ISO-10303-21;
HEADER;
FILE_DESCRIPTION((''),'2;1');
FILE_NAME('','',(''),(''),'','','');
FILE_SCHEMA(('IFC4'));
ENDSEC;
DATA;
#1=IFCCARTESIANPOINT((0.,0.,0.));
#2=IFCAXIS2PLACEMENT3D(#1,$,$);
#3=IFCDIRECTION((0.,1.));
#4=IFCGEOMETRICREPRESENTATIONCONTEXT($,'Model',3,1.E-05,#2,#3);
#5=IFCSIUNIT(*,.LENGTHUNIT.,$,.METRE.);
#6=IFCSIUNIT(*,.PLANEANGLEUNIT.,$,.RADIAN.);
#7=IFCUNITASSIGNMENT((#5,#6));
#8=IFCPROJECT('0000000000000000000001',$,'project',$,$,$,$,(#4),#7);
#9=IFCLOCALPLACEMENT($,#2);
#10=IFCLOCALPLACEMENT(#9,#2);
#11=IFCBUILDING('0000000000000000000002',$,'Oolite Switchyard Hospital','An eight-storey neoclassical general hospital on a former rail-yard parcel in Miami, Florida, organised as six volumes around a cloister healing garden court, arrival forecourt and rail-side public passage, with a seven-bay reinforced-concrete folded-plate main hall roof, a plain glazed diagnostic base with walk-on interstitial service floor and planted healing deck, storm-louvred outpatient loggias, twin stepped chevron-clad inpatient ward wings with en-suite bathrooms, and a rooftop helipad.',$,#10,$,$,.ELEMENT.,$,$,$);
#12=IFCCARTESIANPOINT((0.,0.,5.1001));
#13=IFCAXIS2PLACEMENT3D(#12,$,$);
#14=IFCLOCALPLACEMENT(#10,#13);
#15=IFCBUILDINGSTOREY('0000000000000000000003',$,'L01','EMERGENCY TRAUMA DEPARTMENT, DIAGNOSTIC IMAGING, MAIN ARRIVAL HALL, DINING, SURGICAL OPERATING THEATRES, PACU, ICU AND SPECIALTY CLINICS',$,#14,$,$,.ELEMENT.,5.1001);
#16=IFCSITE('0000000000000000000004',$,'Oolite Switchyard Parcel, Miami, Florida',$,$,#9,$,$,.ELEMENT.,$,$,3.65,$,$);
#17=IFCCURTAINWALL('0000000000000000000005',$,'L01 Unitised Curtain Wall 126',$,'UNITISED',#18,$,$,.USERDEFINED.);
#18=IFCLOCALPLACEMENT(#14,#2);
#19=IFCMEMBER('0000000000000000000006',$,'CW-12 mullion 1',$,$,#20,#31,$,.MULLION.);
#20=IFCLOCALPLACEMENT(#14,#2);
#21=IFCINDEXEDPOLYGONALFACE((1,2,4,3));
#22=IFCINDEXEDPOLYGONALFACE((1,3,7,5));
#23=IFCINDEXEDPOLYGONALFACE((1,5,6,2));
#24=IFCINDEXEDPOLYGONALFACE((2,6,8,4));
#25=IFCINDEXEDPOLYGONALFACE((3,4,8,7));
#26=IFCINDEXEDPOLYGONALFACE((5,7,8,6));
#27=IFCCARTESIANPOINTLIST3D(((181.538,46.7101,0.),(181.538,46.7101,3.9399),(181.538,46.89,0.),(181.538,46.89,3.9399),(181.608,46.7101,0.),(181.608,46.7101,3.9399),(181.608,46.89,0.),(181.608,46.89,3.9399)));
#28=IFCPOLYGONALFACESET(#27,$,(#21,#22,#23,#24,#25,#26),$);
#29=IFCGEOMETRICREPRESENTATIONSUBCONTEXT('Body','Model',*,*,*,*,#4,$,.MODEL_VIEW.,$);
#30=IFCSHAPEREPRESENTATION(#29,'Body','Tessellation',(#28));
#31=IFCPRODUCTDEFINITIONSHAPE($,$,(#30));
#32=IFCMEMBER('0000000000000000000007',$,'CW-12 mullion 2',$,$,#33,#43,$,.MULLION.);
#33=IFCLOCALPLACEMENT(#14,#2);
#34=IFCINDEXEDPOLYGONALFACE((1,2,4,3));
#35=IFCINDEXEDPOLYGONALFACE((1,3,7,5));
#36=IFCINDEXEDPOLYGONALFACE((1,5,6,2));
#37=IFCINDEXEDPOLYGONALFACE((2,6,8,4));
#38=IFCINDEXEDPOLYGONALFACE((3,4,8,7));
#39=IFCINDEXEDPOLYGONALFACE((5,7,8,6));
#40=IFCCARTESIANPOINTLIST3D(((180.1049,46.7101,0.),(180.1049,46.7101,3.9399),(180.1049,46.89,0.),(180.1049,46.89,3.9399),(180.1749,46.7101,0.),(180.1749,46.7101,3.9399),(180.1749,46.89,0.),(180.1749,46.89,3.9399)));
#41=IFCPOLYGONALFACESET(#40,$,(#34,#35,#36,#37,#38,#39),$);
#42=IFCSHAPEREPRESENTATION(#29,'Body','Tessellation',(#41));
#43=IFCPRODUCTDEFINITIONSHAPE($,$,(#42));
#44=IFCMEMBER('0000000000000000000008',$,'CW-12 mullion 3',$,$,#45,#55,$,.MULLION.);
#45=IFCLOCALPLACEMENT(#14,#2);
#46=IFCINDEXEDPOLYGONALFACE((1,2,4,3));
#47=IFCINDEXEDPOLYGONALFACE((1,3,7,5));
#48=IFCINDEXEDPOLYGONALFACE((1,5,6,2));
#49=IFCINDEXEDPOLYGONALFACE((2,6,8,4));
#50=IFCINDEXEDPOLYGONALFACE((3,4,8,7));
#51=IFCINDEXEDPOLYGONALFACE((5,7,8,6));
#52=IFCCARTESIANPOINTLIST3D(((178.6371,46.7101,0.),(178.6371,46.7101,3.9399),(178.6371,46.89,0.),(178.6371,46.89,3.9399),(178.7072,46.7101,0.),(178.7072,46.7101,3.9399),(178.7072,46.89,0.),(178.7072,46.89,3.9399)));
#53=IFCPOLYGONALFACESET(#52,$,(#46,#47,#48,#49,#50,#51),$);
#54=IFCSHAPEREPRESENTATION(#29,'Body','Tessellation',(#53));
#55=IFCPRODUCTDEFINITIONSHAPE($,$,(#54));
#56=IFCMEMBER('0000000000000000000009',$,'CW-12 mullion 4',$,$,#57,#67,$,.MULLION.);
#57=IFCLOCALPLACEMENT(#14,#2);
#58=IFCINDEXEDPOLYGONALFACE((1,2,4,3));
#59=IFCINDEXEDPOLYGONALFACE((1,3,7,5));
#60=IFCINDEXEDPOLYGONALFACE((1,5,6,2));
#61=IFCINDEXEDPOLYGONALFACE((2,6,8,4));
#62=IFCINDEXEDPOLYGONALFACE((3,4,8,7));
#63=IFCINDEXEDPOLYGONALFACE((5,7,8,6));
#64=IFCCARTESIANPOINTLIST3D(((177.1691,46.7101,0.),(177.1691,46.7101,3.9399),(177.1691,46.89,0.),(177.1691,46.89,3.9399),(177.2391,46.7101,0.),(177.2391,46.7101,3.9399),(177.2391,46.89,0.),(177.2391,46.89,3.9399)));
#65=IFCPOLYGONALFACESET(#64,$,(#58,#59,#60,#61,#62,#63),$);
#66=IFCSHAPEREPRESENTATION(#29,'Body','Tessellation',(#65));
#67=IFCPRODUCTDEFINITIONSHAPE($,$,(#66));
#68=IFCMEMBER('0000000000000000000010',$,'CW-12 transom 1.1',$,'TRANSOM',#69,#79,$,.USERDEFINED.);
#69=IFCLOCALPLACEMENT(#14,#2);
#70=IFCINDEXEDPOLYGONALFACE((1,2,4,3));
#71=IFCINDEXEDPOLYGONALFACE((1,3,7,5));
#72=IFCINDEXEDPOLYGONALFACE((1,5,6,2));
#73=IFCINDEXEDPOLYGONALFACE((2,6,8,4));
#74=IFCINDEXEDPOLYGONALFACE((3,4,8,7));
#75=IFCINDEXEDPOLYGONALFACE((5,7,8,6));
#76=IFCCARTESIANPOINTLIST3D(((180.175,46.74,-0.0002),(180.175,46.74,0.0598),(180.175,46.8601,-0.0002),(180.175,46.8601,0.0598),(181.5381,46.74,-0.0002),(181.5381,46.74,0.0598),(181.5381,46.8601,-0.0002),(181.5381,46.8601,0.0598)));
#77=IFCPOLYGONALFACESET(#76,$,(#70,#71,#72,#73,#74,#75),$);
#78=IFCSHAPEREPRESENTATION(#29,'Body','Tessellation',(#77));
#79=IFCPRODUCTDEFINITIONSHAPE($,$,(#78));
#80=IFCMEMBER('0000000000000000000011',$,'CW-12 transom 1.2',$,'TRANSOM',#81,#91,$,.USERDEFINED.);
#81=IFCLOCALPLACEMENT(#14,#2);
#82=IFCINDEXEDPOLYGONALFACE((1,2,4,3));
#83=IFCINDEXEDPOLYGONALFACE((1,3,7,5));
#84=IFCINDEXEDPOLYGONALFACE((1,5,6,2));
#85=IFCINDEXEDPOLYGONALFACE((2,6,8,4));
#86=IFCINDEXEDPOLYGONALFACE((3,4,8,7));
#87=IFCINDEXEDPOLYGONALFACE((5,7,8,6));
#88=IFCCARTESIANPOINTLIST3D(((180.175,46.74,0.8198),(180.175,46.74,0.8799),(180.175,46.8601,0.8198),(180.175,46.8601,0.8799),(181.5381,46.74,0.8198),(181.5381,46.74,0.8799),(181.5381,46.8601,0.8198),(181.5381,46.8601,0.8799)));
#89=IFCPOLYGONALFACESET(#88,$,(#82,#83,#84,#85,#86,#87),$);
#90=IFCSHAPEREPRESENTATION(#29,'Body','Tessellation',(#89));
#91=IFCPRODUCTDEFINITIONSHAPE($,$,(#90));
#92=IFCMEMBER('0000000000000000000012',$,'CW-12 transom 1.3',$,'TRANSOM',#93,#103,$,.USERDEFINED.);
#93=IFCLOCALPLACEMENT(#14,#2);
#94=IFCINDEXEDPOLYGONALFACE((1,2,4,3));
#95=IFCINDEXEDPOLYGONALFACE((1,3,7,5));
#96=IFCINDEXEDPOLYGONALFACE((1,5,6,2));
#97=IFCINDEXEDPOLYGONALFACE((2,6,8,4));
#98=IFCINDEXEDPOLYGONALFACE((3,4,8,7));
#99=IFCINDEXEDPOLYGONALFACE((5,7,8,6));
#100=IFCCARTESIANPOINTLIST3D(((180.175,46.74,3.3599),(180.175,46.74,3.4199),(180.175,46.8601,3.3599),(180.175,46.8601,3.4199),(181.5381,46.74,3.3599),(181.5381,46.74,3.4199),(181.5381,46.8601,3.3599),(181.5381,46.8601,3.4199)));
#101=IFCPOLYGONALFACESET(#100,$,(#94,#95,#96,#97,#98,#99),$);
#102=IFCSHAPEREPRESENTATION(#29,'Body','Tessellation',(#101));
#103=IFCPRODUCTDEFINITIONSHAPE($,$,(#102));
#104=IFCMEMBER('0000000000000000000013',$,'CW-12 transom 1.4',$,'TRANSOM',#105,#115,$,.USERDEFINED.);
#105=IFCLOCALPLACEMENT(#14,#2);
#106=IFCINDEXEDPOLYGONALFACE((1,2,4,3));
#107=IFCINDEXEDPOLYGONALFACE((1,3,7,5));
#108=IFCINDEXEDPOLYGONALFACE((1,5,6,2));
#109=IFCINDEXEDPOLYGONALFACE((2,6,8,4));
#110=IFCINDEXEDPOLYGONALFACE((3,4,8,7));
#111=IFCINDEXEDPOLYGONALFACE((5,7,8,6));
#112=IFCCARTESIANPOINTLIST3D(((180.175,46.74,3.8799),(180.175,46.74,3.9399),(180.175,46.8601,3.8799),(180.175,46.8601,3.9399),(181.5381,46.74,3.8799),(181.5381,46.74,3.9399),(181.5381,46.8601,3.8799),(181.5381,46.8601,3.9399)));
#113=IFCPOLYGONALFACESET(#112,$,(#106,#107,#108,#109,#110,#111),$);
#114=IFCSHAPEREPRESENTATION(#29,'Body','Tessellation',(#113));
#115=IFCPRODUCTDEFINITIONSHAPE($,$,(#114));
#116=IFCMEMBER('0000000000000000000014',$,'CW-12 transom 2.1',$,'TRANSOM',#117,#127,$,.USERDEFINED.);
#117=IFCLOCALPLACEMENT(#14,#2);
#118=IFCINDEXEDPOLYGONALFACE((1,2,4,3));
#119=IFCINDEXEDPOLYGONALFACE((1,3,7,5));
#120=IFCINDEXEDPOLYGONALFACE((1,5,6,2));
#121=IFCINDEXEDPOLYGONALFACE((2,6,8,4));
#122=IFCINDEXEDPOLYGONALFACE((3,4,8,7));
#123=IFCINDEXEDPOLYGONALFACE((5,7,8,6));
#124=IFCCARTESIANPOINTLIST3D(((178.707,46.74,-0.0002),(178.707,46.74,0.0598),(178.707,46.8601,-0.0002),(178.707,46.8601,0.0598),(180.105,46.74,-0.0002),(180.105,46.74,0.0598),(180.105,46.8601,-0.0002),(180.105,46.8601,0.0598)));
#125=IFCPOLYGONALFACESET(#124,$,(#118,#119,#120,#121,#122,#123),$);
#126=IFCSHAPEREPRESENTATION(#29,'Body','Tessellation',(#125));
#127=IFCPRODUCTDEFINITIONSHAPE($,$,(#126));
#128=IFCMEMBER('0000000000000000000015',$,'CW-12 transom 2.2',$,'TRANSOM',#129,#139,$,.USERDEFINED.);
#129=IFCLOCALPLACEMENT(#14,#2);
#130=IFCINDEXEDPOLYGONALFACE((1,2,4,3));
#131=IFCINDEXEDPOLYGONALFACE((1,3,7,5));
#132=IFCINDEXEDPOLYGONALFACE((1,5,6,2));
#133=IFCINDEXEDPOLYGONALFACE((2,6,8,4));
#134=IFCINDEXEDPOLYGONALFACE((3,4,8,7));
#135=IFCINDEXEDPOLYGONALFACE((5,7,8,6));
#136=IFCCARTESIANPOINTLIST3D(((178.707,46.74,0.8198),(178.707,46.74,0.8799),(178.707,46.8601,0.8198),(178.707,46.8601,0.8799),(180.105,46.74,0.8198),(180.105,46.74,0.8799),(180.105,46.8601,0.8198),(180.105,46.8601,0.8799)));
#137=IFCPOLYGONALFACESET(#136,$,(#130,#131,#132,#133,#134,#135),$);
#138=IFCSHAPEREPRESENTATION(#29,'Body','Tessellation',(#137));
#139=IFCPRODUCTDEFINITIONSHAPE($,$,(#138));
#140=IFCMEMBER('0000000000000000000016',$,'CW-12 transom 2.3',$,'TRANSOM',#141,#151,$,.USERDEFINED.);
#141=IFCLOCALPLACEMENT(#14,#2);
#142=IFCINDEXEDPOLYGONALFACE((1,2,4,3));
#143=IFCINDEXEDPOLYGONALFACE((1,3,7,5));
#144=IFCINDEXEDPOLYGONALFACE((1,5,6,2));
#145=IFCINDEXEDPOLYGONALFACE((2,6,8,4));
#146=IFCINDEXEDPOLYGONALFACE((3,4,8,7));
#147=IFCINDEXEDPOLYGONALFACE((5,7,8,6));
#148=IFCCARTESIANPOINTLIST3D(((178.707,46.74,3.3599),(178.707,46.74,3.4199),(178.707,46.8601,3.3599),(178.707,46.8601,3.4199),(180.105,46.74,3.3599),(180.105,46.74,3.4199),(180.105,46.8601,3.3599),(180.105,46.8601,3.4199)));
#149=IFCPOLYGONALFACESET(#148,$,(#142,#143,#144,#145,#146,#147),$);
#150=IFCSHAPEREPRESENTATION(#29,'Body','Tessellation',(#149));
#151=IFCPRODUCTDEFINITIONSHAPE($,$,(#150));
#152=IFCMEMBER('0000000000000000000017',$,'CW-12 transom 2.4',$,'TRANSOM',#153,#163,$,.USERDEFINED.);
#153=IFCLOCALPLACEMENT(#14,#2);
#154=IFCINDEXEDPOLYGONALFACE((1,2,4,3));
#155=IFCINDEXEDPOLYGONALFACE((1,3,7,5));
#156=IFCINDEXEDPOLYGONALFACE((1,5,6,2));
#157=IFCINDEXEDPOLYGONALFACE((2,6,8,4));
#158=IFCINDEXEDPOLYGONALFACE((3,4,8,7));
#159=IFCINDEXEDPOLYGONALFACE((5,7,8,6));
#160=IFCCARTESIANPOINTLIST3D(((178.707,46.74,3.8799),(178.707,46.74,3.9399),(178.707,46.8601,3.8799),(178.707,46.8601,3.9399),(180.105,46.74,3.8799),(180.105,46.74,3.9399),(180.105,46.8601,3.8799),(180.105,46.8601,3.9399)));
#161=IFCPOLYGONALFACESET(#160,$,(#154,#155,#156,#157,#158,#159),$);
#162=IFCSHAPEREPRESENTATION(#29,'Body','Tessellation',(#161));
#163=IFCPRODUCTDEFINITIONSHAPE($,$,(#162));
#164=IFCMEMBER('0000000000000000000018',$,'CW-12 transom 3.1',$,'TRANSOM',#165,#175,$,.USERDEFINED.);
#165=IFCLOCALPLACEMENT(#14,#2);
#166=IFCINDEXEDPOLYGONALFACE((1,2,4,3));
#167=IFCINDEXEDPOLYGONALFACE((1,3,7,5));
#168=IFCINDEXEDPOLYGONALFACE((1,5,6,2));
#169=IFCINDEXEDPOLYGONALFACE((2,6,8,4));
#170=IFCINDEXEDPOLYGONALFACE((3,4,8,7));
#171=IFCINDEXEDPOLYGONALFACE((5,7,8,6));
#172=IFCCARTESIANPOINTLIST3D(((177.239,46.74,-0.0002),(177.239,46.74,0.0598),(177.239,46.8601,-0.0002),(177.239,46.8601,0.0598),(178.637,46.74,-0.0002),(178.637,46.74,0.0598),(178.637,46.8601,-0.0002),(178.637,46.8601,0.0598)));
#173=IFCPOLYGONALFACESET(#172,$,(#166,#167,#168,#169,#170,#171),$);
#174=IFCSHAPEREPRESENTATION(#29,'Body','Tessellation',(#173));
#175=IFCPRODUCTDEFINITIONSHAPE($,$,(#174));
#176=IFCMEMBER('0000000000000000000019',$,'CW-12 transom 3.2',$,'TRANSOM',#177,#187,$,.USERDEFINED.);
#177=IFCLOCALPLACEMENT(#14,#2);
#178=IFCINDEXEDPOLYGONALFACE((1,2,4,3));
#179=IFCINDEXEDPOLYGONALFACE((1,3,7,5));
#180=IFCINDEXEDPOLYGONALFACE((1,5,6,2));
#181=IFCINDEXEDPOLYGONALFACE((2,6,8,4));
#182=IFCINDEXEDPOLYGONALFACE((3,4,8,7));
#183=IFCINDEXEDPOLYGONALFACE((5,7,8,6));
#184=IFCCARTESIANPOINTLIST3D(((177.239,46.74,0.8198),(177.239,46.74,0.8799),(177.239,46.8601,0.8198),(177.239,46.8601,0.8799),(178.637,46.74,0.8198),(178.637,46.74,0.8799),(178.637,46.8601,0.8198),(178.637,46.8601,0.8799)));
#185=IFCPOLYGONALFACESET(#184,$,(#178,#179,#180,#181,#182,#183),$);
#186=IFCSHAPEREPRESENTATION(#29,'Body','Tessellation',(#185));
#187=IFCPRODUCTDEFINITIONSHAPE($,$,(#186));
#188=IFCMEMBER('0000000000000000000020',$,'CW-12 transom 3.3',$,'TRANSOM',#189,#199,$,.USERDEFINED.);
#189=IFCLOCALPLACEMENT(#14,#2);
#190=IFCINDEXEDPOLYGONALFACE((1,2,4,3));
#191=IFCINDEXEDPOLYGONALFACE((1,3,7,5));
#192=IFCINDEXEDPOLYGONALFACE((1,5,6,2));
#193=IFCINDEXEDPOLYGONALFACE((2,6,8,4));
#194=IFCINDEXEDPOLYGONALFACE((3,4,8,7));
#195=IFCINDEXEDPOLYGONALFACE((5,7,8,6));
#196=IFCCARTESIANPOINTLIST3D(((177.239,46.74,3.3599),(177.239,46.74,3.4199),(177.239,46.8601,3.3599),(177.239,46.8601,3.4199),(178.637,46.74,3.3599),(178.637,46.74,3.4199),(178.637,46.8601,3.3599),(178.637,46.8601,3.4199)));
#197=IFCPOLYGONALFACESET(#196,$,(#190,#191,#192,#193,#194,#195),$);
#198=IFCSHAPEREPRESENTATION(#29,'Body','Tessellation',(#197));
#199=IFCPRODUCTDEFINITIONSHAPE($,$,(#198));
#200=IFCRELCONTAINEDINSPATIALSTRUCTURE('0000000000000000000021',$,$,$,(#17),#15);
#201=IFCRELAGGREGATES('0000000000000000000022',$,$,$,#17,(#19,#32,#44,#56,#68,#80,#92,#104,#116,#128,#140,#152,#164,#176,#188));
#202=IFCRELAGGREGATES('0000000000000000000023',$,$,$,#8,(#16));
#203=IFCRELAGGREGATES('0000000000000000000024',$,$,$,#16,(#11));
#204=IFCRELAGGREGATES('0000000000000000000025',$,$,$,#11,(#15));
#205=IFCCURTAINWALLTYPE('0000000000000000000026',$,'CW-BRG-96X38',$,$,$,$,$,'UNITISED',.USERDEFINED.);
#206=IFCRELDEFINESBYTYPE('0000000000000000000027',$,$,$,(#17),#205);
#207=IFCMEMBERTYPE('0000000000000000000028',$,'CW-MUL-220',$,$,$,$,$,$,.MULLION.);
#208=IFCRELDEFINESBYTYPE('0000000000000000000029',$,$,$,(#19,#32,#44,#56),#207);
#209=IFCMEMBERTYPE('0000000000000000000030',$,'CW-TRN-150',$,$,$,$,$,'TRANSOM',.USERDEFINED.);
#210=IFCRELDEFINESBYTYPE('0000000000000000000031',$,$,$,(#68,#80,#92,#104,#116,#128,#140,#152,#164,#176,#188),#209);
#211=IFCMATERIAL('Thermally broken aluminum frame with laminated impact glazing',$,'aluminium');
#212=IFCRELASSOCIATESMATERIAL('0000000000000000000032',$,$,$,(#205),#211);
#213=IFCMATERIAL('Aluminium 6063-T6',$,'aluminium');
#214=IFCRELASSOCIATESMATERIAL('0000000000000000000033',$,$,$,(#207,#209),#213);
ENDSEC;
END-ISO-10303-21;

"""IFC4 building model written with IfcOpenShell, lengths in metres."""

from ifc_helpers import new_model, si_unit, direction, frame, origin, origin_2d, place, context, subcontext, project, spatial, rectangle, extrude, material, material_profile, profile_set, type_object, element, aggregate, save


model = new_model("IFC4")

# Units and contexts
model_context = context("Model", 3, precision=1e-05, world=origin(), true_north=direction((0.0, 1.0)))
body_context = subcontext(model_context, "Body", "Model", "MODEL_VIEW")
ifc_project = project(units=[si_unit("LENGTHUNIT", "METRE"), si_unit("PLANEANGLEUNIT", "RADIAN")], contexts=[model_context])

# Site, building, storey
site_placement = place(None, origin())
site = spatial("IfcSite", under=ifc_project, at=site_placement, Name="Oolite Switchyard Parcel, Miami, Florida", CompositionType="ELEMENT", RefElevation=3.65)
building_placement = place(site_placement, origin())
building = spatial("IfcBuilding", under=site, at=building_placement, Name="Oolite Switchyard Hospital", Description="An eight-storey neoclassical general hospital on a former rail-yard parcel in Miami, Florida, organised as six volumes around a cloister healing garden court, arrival forecourt and rail-side public passage, with a seven-bay reinforced-concrete folded-plate main hall roof, a plain glazed diagnostic base with walk-on interstitial service floor and planted healing deck, storm-louvred outpatient loggias, twin stepped chevron-clad inpatient ward wings with en-suite bathrooms, and a rooftop helipad.", CompositionType="ELEMENT")
storey_placement = place(building_placement, frame((0.0, 0.0, 5.1001)))
storey = spatial("IfcBuildingStorey", under=building, at=storey_placement, Name="L01", Description="EMERGENCY TRAUMA DEPARTMENT, DIAGNOSTIC IMAGING, MAIN ARRIVAL HALL, DINING, SURGICAL OPERATING THEATRES, PACU, ICU AND SPECIALTY CLINICS", CompositionType="ELEMENT", Elevation=5.1001)

# Curtain wall, members
ifc_material_1 = material(Name="Thermally broken aluminum frame with laminated impact glazing", Category="aluminium")
curtain_wall_type = type_object("IfcCurtainWallType", Name="CW-BRG-96X38", ElementType="UNITISED", PredefinedType="USERDEFINED", material=ifc_material_1)
curtain_wall_placement = place(storey_placement, origin())
curtain_wall = element("IfcCurtainWall", 1, at=curtain_wall_placement, inside=storey, type_object=curtain_wall_type, Name="L01 Unitised Curtain Wall 126", ObjectType="UNITISED", PredefinedType="USERDEFINED")
ifc_material_2 = material(Name="Aluminium 6063-T6", Category="aluminium")
ifc_material_profile_1 = material_profile(ifc_material_2, rectangle(XDim=0.1799, YDim=0.0701, at=origin_2d()), Name="CWM70X180")
ifc_profile_set_1 = profile_set([ifc_material_profile_1], Name="Aluminium 6063-T6")
member_type_1 = type_object("IfcMemberType", Name="CW-MUL-220", PredefinedType="MULLION", material=ifc_profile_set_1)
member_1_placement = place(storey_placement, frame((181.573, 46.8, 0.0), z_axis=(0.0, 0.0, 1.0), x_axis=(0.0, -1.0, 0.0)))
member_1 = element("IfcMember", 2, at=member_1_placement, type_object=member_type_1, Name="CW-12 mullion 1", PredefinedType="MULLION", context=body_context, shape_type="SweptSolid", body=[
    extrude(rectangle(XDim=0.1799, YDim=0.0701, at=origin_2d()), origin(), (0.0, 0.0, 1.0), 3.9399),
])
member_2_placement = place(storey_placement, frame((180.1399, 46.8, 0.0), z_axis=(0.0, 0.0, 1.0), x_axis=(0.0, -1.0, 0.0)))
member_2 = element("IfcMember", 3, at=member_2_placement, type_object=member_type_1, Name="CW-12 mullion 2", PredefinedType="MULLION", context=body_context, shape_type="SweptSolid", body=[
    extrude(rectangle(XDim=0.1799, YDim=0.0701, at=origin_2d()), origin(), (0.0, 0.0, 1.0), 3.9399),
])
member_3_placement = place(storey_placement, frame((178.6721, 46.8, 0.0), z_axis=(0.0, 0.0, 1.0), x_axis=(0.0, -1.0, 0.0)))
member_3 = element("IfcMember", 4, at=member_3_placement, type_object=member_type_1, Name="CW-12 mullion 3", PredefinedType="MULLION", context=body_context, shape_type="SweptSolid", body=[
    extrude(rectangle(XDim=0.1799, YDim=0.0701, at=origin_2d()), origin(), (0.0, 0.0, 1.0), 3.9399),
])
member_4_placement = place(storey_placement, frame((177.2041, 46.8, 0.0), z_axis=(0.0, 0.0, 1.0), x_axis=(0.0, -1.0, 0.0)))
member_4 = element("IfcMember", 5, at=member_4_placement, type_object=member_type_1, Name="CW-12 mullion 4", PredefinedType="MULLION", context=body_context, shape_type="SweptSolid", body=[
    extrude(rectangle(XDim=0.1799, YDim=0.0701, at=origin_2d()), origin(), (0.0, 0.0, 1.0), 3.9399),
])
ifc_material_profile_2 = material_profile(ifc_material_2, rectangle(XDim=0.1201, YDim=0.0601, at=origin_2d()), Name="CWT60X120")
ifc_profile_set_2 = profile_set([ifc_material_profile_2], Name="Aluminium 6063-T6")
member_type_2 = type_object("IfcMemberType", Name="CW-TRN-150", ElementType="TRANSOM", PredefinedType="USERDEFINED", material=ifc_profile_set_2)
member_5_placement = place(storey_placement, frame((181.5381, 46.8, 0.0298), z_axis=(-1.0, 0.0, 0.0), x_axis=(0.0, -1.0, 0.0)))
member_5 = element("IfcMember", 6, at=member_5_placement, type_object=member_type_2, Name="CW-12 transom 1.1", ObjectType="TRANSOM", PredefinedType="USERDEFINED", context=body_context, shape_type="SweptSolid", body=[
    extrude(rectangle(XDim=0.1201, YDim=0.0601, at=origin_2d()), origin(), (0.0, 0.0, 1.0), 1.363),
])
member_6_placement = place(storey_placement, frame((181.5381, 46.8, 0.8499), z_axis=(-1.0, 0.0, 0.0), x_axis=(0.0, -1.0, 0.0)))
member_6 = element("IfcMember", 7, at=member_6_placement, type_object=member_type_2, Name="CW-12 transom 1.2", ObjectType="TRANSOM", PredefinedType="USERDEFINED", context=body_context, shape_type="SweptSolid", body=[
    extrude(rectangle(XDim=0.1201, YDim=0.0601, at=origin_2d()), origin(), (0.0, 0.0, 1.0), 1.363),
])
member_7_placement = place(storey_placement, frame((181.5381, 46.8, 3.3899), z_axis=(-1.0, 0.0, 0.0), x_axis=(0.0, -1.0, 0.0)))
member_7 = element("IfcMember", 8, at=member_7_placement, type_object=member_type_2, Name="CW-12 transom 1.3", ObjectType="TRANSOM", PredefinedType="USERDEFINED", context=body_context, shape_type="SweptSolid", body=[
    extrude(rectangle(XDim=0.1201, YDim=0.0601, at=origin_2d()), origin(), (0.0, 0.0, 1.0), 1.363),
])
member_8_placement = place(storey_placement, frame((181.5381, 46.8, 3.9099), z_axis=(-1.0, 0.0, 0.0), x_axis=(0.0, -1.0, 0.0)))
member_8 = element("IfcMember", 9, at=member_8_placement, type_object=member_type_2, Name="CW-12 transom 1.4", ObjectType="TRANSOM", PredefinedType="USERDEFINED", context=body_context, shape_type="SweptSolid", body=[
    extrude(rectangle(XDim=0.1201, YDim=0.0601, at=origin_2d()), origin(), (0.0, 0.0, 1.0), 1.363),
])
member_9_placement = place(storey_placement, frame((180.105, 46.8, 0.0298), z_axis=(-1.0, 0.0, 0.0), x_axis=(0.0, -1.0, 0.0)))
member_9 = element("IfcMember", 10, at=member_9_placement, type_object=member_type_2, Name="CW-12 transom 2.1", ObjectType="TRANSOM", PredefinedType="USERDEFINED", context=body_context, shape_type="SweptSolid", body=[
    extrude(rectangle(XDim=0.1201, YDim=0.0601, at=origin_2d()), origin(), (0.0, 0.0, 1.0), 1.3979),
])
member_10_placement = place(storey_placement, frame((180.105, 46.8, 0.8499), z_axis=(-1.0, 0.0, 0.0), x_axis=(0.0, -1.0, 0.0)))
member_10 = element("IfcMember", 11, at=member_10_placement, type_object=member_type_2, Name="CW-12 transom 2.2", ObjectType="TRANSOM", PredefinedType="USERDEFINED", context=body_context, shape_type="SweptSolid", body=[
    extrude(rectangle(XDim=0.1201, YDim=0.0601, at=origin_2d()), origin(), (0.0, 0.0, 1.0), 1.3979),
])
member_11_placement = place(storey_placement, frame((180.105, 46.8, 3.3899), z_axis=(-1.0, 0.0, 0.0), x_axis=(0.0, -1.0, 0.0)))
member_11 = element("IfcMember", 12, at=member_11_placement, type_object=member_type_2, Name="CW-12 transom 2.3", ObjectType="TRANSOM", PredefinedType="USERDEFINED", context=body_context, shape_type="SweptSolid", body=[
    extrude(rectangle(XDim=0.1201, YDim=0.0601, at=origin_2d()), origin(), (0.0, 0.0, 1.0), 1.3979),
])
member_12_placement = place(storey_placement, frame((180.105, 46.8, 3.9099), z_axis=(-1.0, 0.0, 0.0), x_axis=(0.0, -1.0, 0.0)))
member_12 = element("IfcMember", 13, at=member_12_placement, type_object=member_type_2, Name="CW-12 transom 2.4", ObjectType="TRANSOM", PredefinedType="USERDEFINED", context=body_context, shape_type="SweptSolid", body=[
    extrude(rectangle(XDim=0.1201, YDim=0.0601, at=origin_2d()), origin(), (0.0, 0.0, 1.0), 1.3979),
])
member_13_placement = place(storey_placement, frame((178.637, 46.8, 0.0298), z_axis=(-1.0, 0.0, 0.0), x_axis=(0.0, -1.0, 0.0)))
member_13 = element("IfcMember", 14, at=member_13_placement, type_object=member_type_2, Name="CW-12 transom 3.1", ObjectType="TRANSOM", PredefinedType="USERDEFINED", context=body_context, shape_type="SweptSolid", body=[
    extrude(rectangle(XDim=0.1201, YDim=0.0601, at=origin_2d()), origin(), (0.0, 0.0, 1.0), 1.3979),
])
member_14_placement = place(storey_placement, frame((178.637, 46.8, 0.8499), z_axis=(-1.0, 0.0, 0.0), x_axis=(0.0, -1.0, 0.0)))
member_14 = element("IfcMember", 15, at=member_14_placement, type_object=member_type_2, Name="CW-12 transom 3.2", ObjectType="TRANSOM", PredefinedType="USERDEFINED", context=body_context, shape_type="SweptSolid", body=[
    extrude(rectangle(XDim=0.1201, YDim=0.0601, at=origin_2d()), origin(), (0.0, 0.0, 1.0), 1.3979),
])
member_15_placement = place(storey_placement, frame((178.637, 46.8, 3.3899), z_axis=(-1.0, 0.0, 0.0), x_axis=(0.0, -1.0, 0.0)))
member_15 = element("IfcMember", 16, at=member_15_placement, type_object=member_type_2, Name="CW-12 transom 3.3", ObjectType="TRANSOM", PredefinedType="USERDEFINED", context=body_context, shape_type="SweptSolid", body=[
    extrude(rectangle(XDim=0.1201, YDim=0.0601, at=origin_2d()), origin(), (0.0, 0.0, 1.0), 1.3979),
])
aggregate(curtain_wall, [member_1, member_2, member_3, member_4, member_5, member_6, member_7, member_8, member_9, member_10, member_11, member_12, member_13, member_14, member_15])

save(model, "model.ifc")
